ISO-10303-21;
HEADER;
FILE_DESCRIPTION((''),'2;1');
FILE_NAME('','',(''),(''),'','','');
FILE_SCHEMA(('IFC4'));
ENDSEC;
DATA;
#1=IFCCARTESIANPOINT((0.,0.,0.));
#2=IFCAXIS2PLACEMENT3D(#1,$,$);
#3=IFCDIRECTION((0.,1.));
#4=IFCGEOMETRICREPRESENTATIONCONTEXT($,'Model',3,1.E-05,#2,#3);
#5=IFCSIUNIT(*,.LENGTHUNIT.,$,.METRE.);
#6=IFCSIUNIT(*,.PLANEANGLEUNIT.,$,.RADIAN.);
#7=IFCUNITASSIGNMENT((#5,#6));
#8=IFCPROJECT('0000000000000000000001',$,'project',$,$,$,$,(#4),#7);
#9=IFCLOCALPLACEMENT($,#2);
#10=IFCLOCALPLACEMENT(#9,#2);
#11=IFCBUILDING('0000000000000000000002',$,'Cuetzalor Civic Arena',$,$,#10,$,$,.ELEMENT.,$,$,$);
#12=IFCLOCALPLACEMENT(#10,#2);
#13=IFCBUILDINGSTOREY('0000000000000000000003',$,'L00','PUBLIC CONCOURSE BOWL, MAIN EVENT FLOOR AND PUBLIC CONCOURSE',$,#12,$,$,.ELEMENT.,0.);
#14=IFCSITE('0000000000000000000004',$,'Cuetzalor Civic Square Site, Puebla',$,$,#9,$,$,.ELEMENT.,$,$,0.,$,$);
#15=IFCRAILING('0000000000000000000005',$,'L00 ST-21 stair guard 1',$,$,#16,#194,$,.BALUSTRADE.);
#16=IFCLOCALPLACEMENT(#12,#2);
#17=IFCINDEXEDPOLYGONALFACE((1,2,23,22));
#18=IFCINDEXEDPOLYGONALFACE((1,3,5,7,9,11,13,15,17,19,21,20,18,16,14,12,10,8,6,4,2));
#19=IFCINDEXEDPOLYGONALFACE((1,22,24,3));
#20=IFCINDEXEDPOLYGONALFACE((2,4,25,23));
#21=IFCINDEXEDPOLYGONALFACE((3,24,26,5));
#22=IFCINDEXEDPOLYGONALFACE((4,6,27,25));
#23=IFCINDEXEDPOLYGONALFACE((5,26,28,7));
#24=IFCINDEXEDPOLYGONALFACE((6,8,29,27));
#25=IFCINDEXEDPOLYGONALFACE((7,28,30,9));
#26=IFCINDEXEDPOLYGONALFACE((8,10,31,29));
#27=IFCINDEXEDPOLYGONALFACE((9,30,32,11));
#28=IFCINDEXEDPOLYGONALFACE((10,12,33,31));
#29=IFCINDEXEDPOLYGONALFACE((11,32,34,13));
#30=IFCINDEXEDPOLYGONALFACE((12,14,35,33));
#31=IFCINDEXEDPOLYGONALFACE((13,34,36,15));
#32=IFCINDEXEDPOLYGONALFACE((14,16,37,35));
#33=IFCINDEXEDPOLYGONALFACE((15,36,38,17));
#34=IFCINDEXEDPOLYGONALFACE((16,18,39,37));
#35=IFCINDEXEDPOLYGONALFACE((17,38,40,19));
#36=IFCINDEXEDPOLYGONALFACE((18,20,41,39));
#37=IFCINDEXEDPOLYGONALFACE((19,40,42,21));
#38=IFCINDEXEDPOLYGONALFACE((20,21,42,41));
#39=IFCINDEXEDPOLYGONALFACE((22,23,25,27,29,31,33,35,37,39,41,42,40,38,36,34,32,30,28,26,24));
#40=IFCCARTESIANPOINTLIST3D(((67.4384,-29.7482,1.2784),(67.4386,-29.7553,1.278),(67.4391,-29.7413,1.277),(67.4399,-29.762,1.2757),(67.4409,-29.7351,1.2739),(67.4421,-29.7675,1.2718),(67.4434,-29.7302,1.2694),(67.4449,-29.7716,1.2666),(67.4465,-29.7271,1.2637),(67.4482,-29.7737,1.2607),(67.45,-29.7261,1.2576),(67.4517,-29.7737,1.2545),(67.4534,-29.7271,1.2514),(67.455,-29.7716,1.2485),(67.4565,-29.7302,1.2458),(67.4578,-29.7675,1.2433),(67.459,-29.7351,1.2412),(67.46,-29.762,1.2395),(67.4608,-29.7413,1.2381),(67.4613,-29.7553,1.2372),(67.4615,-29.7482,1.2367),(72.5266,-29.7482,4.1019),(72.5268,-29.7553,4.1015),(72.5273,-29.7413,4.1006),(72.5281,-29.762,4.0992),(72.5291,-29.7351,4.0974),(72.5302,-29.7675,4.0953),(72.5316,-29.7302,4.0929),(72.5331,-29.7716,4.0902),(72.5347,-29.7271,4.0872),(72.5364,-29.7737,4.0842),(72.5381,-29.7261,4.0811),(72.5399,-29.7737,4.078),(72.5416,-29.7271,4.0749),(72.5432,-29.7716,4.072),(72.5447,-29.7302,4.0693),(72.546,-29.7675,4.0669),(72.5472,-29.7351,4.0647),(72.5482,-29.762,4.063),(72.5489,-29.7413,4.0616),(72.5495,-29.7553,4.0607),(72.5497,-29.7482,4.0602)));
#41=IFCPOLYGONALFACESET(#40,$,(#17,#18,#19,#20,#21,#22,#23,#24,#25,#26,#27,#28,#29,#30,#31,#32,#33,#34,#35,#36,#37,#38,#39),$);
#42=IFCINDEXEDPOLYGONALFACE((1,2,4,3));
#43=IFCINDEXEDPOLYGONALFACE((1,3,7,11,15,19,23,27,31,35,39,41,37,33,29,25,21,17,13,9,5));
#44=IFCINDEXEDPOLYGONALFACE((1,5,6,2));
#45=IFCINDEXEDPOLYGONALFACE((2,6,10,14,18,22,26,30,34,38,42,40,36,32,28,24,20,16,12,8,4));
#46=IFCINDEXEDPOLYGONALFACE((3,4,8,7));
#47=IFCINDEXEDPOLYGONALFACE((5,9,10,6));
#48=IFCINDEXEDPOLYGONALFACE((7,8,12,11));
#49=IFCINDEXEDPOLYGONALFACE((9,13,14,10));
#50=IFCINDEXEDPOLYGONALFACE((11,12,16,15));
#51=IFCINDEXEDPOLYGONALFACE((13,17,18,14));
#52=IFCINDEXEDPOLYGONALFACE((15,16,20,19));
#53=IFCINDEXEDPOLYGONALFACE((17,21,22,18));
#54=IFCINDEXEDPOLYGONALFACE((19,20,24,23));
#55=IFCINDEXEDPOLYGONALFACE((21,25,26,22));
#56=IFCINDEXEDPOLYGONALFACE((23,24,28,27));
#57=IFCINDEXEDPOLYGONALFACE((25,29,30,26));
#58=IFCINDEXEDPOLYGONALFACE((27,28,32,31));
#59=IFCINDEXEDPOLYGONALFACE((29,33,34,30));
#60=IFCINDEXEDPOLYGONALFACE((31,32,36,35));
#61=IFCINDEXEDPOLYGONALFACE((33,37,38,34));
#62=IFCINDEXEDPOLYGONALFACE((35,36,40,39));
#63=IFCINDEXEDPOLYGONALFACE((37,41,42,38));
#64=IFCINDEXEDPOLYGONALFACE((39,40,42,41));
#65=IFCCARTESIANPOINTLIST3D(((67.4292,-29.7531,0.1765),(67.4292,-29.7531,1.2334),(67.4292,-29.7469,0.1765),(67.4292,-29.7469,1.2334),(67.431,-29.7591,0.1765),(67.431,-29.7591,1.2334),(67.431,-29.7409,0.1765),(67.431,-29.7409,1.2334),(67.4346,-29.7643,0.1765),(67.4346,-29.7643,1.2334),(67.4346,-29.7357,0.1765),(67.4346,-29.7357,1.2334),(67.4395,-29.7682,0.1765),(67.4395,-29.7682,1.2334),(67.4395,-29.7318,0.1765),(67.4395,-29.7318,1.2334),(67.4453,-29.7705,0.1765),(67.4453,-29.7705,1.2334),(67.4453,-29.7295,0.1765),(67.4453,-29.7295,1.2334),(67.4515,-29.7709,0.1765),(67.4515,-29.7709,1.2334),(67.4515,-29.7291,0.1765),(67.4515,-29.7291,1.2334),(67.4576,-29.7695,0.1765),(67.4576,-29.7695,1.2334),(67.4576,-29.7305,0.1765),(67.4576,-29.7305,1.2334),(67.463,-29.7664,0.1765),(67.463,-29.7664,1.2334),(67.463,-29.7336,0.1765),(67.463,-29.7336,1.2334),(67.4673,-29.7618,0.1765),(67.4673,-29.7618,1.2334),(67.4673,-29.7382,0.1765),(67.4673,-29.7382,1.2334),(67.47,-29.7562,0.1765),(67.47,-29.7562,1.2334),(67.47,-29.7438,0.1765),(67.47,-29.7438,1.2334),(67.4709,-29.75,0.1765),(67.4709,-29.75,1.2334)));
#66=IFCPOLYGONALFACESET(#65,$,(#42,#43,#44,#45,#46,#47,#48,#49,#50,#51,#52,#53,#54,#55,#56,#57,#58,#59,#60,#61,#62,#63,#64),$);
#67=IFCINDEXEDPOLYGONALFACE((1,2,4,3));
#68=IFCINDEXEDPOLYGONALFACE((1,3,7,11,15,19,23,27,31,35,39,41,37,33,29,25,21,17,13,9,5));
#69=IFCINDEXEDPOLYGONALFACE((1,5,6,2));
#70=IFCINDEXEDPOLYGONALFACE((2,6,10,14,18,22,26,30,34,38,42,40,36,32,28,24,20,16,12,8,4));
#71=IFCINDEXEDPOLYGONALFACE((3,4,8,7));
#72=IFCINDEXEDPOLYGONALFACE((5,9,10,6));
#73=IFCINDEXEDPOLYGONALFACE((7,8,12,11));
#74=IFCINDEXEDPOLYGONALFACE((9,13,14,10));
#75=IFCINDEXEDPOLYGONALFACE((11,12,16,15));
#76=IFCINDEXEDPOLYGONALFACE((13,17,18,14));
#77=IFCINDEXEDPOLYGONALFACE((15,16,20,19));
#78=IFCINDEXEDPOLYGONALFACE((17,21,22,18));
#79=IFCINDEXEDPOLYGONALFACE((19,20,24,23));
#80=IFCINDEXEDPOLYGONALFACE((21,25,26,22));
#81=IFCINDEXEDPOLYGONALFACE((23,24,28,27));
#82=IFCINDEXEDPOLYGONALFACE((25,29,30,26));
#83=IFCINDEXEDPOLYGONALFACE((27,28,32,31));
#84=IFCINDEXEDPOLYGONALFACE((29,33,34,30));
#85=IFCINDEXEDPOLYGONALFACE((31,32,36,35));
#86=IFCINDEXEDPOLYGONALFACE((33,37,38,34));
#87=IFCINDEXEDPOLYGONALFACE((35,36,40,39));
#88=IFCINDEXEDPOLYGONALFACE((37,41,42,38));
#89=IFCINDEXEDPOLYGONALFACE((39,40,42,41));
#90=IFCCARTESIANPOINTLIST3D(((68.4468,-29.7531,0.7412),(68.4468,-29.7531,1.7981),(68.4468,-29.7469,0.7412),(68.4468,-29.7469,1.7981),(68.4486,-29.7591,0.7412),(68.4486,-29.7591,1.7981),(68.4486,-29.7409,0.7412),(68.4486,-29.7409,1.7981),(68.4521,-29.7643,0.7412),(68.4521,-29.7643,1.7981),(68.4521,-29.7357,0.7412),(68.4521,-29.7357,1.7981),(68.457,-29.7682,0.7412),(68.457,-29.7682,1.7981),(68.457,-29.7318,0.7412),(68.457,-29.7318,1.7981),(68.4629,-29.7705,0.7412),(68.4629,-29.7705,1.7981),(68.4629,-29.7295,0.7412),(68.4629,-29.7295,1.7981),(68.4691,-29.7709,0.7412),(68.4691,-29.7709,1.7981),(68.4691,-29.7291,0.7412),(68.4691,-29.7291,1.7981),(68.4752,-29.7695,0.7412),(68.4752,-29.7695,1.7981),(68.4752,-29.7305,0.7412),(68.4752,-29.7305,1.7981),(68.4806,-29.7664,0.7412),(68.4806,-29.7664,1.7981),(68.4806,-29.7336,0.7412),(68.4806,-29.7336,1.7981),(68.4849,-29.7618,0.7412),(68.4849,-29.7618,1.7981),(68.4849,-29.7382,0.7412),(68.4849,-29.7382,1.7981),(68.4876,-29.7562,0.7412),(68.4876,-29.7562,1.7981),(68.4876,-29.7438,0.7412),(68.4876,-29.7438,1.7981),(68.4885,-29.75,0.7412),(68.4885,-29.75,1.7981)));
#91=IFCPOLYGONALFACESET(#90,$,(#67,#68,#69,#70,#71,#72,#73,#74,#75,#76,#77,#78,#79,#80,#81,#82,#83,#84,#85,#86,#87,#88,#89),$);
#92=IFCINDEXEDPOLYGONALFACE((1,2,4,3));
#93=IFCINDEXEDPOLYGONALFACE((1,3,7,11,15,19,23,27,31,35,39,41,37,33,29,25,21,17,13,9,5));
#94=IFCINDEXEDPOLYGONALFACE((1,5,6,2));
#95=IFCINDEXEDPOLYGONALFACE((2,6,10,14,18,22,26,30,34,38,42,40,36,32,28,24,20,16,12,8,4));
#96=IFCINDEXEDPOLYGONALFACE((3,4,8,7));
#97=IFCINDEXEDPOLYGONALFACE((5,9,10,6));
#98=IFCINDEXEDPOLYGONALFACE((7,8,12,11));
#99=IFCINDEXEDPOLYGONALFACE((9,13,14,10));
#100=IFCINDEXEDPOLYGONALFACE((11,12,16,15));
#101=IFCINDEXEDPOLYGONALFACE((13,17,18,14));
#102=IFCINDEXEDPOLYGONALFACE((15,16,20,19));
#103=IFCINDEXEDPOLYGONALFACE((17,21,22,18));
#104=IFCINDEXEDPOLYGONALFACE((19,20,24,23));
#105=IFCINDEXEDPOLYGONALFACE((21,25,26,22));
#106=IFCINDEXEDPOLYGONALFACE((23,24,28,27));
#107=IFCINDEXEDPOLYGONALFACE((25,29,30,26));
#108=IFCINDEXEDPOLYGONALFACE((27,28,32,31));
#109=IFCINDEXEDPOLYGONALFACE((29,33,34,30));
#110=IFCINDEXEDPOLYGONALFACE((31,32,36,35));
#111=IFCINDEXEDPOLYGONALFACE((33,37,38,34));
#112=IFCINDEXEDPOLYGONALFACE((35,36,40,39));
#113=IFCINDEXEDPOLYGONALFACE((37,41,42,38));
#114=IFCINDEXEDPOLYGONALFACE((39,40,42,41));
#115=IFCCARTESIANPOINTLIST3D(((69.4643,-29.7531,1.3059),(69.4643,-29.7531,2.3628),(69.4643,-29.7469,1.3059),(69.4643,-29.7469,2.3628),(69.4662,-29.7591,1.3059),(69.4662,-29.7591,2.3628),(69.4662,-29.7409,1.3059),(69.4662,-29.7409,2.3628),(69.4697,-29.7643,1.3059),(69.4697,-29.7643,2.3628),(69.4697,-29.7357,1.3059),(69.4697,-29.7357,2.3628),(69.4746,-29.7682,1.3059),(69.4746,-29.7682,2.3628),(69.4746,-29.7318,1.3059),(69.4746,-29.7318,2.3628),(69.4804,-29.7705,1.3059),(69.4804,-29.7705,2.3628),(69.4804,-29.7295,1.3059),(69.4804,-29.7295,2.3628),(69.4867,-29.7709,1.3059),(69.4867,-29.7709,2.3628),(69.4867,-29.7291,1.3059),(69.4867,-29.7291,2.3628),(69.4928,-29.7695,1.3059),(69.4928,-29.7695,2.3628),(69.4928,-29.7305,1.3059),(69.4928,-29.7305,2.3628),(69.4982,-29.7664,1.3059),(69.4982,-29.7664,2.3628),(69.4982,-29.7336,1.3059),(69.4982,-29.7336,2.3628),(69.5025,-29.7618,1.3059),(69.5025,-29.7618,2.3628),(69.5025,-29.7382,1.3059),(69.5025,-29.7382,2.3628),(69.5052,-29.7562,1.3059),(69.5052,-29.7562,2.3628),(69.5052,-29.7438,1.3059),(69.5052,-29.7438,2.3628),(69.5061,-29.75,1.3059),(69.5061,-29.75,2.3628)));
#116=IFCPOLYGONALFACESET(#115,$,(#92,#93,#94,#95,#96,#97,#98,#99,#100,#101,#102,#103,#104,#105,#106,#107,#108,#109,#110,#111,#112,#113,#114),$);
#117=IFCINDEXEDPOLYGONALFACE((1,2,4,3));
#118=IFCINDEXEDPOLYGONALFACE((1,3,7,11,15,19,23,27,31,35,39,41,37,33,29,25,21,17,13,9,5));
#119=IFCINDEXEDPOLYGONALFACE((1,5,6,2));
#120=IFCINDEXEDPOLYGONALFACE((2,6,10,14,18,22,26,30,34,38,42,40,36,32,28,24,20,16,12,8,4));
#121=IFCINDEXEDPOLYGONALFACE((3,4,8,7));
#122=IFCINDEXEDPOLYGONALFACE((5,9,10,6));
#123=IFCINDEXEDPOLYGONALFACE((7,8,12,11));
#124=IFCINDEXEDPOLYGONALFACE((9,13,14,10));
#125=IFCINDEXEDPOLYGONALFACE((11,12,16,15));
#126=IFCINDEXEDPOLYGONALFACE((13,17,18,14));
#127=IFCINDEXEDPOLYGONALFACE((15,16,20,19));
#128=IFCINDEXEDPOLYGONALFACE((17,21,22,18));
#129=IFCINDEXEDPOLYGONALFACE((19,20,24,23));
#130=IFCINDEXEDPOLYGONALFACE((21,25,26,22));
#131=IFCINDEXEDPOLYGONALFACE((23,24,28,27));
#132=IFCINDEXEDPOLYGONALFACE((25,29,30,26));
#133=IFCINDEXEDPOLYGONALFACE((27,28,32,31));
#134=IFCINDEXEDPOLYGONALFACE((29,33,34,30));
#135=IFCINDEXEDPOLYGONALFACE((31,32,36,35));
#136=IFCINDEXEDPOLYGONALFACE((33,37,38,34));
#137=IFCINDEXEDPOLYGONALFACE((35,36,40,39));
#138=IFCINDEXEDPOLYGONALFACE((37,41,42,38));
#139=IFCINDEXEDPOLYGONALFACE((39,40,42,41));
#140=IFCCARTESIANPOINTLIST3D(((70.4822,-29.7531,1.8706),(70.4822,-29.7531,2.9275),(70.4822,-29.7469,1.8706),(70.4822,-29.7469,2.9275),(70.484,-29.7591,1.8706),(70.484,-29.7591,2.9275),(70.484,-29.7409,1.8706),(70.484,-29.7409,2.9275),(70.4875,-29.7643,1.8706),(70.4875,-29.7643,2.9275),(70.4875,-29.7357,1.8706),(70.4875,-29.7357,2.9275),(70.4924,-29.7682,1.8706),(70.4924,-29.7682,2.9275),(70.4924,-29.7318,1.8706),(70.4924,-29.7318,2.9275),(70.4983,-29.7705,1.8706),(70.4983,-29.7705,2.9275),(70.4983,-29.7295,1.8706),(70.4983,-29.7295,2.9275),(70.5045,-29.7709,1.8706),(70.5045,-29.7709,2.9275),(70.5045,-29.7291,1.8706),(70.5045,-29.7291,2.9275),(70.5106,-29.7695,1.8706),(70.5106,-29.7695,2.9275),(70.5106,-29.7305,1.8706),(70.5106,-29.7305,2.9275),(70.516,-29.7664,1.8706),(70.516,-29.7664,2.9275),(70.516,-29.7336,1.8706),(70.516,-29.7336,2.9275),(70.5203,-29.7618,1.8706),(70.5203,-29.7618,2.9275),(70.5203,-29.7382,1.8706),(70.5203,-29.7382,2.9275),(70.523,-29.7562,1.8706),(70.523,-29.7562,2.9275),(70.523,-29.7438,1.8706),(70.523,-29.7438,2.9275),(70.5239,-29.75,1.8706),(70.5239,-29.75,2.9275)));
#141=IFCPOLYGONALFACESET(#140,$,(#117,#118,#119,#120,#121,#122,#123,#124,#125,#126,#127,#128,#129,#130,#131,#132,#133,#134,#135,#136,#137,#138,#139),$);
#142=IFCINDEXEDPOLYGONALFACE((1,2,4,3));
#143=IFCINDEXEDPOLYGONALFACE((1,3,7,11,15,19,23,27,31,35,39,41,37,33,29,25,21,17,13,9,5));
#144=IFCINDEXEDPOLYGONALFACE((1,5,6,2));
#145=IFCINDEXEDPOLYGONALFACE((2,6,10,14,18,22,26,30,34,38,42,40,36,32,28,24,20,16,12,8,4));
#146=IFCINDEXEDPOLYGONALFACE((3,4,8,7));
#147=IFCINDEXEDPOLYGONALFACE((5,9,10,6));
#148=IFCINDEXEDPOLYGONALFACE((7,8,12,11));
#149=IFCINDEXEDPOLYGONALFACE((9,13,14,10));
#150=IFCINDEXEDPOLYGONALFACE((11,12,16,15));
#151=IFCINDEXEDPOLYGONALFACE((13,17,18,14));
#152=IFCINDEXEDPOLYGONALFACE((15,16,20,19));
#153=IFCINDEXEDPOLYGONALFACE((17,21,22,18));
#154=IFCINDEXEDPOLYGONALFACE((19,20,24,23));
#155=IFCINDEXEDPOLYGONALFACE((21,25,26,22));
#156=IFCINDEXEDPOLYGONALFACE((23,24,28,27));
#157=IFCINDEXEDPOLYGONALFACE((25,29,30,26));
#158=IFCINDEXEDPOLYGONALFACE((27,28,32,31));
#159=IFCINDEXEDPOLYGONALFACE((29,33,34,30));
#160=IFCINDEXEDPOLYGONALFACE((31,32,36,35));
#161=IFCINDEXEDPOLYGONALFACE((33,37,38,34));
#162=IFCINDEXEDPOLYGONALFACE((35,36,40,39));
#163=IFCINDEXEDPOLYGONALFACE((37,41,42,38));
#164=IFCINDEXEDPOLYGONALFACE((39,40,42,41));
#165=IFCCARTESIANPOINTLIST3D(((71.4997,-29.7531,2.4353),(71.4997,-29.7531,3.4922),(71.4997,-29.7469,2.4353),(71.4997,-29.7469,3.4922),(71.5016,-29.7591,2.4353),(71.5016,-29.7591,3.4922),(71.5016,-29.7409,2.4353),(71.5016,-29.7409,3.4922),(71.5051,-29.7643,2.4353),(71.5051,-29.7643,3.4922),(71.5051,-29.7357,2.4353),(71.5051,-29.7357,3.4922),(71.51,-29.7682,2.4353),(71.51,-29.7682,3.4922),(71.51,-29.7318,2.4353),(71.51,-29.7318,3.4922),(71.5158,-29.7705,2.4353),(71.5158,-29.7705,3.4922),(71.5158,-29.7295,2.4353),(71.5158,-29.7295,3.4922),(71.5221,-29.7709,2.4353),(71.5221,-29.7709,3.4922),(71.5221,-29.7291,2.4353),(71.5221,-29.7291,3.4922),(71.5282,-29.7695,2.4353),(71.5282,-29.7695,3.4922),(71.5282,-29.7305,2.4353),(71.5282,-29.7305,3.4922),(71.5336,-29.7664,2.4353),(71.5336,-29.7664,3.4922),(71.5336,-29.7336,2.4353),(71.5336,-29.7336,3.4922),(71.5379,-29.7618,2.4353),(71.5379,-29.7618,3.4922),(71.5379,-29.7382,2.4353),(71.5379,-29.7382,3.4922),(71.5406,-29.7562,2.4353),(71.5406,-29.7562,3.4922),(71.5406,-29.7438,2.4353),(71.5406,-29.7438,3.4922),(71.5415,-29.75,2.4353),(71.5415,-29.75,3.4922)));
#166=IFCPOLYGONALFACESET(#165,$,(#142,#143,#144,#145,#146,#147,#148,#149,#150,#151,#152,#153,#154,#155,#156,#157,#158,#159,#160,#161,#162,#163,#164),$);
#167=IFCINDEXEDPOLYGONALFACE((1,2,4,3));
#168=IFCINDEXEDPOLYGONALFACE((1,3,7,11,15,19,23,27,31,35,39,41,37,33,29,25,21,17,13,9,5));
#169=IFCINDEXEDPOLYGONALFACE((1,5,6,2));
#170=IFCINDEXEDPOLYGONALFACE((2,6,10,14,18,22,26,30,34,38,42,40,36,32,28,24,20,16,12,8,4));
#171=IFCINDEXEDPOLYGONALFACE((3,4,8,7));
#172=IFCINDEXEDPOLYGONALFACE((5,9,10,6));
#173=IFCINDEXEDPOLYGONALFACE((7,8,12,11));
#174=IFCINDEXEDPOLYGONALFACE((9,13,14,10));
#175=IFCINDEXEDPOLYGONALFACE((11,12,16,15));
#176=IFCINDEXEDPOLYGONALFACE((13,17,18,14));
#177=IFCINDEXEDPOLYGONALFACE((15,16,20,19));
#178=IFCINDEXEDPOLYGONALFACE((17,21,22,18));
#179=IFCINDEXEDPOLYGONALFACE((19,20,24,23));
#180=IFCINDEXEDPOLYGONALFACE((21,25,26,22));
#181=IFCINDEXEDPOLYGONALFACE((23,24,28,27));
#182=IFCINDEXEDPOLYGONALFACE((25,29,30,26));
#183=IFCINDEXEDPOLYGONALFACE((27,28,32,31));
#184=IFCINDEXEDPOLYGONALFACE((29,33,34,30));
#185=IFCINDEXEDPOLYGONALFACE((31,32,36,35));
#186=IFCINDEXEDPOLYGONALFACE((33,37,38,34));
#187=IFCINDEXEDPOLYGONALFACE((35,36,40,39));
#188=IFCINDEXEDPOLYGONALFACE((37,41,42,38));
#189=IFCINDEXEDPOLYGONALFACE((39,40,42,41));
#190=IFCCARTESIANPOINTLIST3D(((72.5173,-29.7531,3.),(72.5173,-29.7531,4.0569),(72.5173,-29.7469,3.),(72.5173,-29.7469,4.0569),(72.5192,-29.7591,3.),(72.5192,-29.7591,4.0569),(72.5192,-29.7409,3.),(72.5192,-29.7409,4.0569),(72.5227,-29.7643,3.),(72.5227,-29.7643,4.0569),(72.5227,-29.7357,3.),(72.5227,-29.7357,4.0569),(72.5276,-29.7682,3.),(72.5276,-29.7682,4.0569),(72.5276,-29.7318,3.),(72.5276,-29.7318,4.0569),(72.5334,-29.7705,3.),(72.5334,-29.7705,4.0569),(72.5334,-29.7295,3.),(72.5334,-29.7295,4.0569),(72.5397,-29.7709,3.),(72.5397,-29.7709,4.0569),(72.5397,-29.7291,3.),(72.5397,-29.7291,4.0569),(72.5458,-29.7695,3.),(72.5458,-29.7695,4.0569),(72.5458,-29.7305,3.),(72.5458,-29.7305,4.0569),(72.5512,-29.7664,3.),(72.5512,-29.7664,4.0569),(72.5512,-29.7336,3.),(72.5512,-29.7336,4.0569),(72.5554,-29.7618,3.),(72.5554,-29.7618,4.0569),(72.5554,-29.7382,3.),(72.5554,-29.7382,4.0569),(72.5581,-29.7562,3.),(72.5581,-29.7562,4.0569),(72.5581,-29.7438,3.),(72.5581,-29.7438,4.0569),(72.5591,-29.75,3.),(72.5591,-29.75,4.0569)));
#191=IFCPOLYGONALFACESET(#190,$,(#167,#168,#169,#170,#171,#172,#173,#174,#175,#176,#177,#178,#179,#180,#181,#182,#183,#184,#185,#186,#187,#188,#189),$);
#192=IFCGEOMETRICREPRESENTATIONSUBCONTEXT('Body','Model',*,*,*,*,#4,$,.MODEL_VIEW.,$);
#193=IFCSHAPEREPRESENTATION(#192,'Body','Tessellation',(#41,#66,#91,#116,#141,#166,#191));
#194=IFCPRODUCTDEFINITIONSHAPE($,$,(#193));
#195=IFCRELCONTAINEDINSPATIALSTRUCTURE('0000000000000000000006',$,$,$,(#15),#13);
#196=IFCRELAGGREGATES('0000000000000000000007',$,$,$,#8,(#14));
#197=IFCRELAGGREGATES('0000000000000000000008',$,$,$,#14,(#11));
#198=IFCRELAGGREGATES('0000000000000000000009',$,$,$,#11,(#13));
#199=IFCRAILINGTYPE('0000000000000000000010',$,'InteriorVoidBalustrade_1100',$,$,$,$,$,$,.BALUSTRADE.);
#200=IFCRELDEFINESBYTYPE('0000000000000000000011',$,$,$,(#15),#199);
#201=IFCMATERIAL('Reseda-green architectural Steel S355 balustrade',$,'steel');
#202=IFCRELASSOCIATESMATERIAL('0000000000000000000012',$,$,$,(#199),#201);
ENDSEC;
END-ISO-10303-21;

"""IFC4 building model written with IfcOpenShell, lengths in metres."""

from ifc_helpers import new_model, si_unit, direction, frame, origin, origin_2d, place, context, subcontext, project, spatial, circle, extrude, material, type_object, element, save


model = new_model("IFC4")

# Units and contexts
model_context = context("Model", 3, precision=1e-05, world=origin(), true_north=direction((0.0, 1.0)))
body_context = subcontext(model_context, "Body", "Model", "MODEL_VIEW")
ifc_project = project(units=[si_unit("LENGTHUNIT", "METRE"), si_unit("PLANEANGLEUNIT", "RADIAN")], contexts=[model_context])

# Site, building, storey
site_placement = place(None, origin())
site = spatial("IfcSite", under=ifc_project, at=site_placement, Name="Cuetzalor Civic Square Site, Puebla", CompositionType="ELEMENT", RefElevation=0.0)
building_placement = place(site_placement, origin())
building = spatial("IfcBuilding", under=site, at=building_placement, Name="Cuetzalor Civic Arena", CompositionType="ELEMENT")
storey_placement = place(building_placement, origin())
storey = spatial("IfcBuildingStorey", under=building, at=storey_placement, Name="L00", Description="PUBLIC CONCOURSE BOWL, MAIN EVENT FLOOR AND PUBLIC CONCOURSE", CompositionType="ELEMENT", Elevation=0.0)

# Railing
ifc_material_1 = material(Name="Reseda-green architectural Steel S355 balustrade", Category="steel")
railing_type_1 = type_object("IfcRailingType", Name="InteriorVoidBalustrade_1100", PredefinedType="BALUSTRADE", material=ifc_material_1)
railing_1_placement = place(storey_placement, frame((67.45, -29.75, 0.1765)))
element("IfcRailing", 1, at=railing_1_placement, inside=storey, type_object=railing_type_1, Name="L00 ST-21 stair guard 1", PredefinedType="BALUSTRADE", context=body_context, shape_type="SweptSolid", body=[
    extrude(circle(Radius=0.0239, at=origin_2d()), frame((0.0, 0.0, 1.0811), z_axis=(0.874395, 0.0, 0.485215), x_axis=(0.0, 1.0, 0.0)), (0.0, 0.0, 1.0), 5.8191),
    extrude(circle(Radius=0.021, at=origin_2d()), origin(), (0.0, 0.0, 1.0), 1.0569),
    extrude(circle(Radius=0.021, at=origin_2d()), frame((1.0176, 0.0, 0.5647)), (0.0, 0.0, 1.0), 1.0569),
    extrude(circle(Radius=0.021, at=origin_2d()), frame((2.0352, 0.0, 1.1294)), (0.0, 0.0, 1.0), 1.0569),
    extrude(circle(Radius=0.021, at=origin_2d()), frame((3.053, 0.0, 1.6941)), (0.0, 0.0, 1.0), 1.0569),
    extrude(circle(Radius=0.021, at=origin_2d()), frame((4.0706, 0.0, 2.2588)), (0.0, 0.0, 1.0), 1.0569),
    extrude(circle(Radius=0.021, at=origin_2d()), frame((5.0881, 0.0, 2.8235)), (0.0, 0.0, 1.0), 1.0569),
])

save(model, "model.ifc")
